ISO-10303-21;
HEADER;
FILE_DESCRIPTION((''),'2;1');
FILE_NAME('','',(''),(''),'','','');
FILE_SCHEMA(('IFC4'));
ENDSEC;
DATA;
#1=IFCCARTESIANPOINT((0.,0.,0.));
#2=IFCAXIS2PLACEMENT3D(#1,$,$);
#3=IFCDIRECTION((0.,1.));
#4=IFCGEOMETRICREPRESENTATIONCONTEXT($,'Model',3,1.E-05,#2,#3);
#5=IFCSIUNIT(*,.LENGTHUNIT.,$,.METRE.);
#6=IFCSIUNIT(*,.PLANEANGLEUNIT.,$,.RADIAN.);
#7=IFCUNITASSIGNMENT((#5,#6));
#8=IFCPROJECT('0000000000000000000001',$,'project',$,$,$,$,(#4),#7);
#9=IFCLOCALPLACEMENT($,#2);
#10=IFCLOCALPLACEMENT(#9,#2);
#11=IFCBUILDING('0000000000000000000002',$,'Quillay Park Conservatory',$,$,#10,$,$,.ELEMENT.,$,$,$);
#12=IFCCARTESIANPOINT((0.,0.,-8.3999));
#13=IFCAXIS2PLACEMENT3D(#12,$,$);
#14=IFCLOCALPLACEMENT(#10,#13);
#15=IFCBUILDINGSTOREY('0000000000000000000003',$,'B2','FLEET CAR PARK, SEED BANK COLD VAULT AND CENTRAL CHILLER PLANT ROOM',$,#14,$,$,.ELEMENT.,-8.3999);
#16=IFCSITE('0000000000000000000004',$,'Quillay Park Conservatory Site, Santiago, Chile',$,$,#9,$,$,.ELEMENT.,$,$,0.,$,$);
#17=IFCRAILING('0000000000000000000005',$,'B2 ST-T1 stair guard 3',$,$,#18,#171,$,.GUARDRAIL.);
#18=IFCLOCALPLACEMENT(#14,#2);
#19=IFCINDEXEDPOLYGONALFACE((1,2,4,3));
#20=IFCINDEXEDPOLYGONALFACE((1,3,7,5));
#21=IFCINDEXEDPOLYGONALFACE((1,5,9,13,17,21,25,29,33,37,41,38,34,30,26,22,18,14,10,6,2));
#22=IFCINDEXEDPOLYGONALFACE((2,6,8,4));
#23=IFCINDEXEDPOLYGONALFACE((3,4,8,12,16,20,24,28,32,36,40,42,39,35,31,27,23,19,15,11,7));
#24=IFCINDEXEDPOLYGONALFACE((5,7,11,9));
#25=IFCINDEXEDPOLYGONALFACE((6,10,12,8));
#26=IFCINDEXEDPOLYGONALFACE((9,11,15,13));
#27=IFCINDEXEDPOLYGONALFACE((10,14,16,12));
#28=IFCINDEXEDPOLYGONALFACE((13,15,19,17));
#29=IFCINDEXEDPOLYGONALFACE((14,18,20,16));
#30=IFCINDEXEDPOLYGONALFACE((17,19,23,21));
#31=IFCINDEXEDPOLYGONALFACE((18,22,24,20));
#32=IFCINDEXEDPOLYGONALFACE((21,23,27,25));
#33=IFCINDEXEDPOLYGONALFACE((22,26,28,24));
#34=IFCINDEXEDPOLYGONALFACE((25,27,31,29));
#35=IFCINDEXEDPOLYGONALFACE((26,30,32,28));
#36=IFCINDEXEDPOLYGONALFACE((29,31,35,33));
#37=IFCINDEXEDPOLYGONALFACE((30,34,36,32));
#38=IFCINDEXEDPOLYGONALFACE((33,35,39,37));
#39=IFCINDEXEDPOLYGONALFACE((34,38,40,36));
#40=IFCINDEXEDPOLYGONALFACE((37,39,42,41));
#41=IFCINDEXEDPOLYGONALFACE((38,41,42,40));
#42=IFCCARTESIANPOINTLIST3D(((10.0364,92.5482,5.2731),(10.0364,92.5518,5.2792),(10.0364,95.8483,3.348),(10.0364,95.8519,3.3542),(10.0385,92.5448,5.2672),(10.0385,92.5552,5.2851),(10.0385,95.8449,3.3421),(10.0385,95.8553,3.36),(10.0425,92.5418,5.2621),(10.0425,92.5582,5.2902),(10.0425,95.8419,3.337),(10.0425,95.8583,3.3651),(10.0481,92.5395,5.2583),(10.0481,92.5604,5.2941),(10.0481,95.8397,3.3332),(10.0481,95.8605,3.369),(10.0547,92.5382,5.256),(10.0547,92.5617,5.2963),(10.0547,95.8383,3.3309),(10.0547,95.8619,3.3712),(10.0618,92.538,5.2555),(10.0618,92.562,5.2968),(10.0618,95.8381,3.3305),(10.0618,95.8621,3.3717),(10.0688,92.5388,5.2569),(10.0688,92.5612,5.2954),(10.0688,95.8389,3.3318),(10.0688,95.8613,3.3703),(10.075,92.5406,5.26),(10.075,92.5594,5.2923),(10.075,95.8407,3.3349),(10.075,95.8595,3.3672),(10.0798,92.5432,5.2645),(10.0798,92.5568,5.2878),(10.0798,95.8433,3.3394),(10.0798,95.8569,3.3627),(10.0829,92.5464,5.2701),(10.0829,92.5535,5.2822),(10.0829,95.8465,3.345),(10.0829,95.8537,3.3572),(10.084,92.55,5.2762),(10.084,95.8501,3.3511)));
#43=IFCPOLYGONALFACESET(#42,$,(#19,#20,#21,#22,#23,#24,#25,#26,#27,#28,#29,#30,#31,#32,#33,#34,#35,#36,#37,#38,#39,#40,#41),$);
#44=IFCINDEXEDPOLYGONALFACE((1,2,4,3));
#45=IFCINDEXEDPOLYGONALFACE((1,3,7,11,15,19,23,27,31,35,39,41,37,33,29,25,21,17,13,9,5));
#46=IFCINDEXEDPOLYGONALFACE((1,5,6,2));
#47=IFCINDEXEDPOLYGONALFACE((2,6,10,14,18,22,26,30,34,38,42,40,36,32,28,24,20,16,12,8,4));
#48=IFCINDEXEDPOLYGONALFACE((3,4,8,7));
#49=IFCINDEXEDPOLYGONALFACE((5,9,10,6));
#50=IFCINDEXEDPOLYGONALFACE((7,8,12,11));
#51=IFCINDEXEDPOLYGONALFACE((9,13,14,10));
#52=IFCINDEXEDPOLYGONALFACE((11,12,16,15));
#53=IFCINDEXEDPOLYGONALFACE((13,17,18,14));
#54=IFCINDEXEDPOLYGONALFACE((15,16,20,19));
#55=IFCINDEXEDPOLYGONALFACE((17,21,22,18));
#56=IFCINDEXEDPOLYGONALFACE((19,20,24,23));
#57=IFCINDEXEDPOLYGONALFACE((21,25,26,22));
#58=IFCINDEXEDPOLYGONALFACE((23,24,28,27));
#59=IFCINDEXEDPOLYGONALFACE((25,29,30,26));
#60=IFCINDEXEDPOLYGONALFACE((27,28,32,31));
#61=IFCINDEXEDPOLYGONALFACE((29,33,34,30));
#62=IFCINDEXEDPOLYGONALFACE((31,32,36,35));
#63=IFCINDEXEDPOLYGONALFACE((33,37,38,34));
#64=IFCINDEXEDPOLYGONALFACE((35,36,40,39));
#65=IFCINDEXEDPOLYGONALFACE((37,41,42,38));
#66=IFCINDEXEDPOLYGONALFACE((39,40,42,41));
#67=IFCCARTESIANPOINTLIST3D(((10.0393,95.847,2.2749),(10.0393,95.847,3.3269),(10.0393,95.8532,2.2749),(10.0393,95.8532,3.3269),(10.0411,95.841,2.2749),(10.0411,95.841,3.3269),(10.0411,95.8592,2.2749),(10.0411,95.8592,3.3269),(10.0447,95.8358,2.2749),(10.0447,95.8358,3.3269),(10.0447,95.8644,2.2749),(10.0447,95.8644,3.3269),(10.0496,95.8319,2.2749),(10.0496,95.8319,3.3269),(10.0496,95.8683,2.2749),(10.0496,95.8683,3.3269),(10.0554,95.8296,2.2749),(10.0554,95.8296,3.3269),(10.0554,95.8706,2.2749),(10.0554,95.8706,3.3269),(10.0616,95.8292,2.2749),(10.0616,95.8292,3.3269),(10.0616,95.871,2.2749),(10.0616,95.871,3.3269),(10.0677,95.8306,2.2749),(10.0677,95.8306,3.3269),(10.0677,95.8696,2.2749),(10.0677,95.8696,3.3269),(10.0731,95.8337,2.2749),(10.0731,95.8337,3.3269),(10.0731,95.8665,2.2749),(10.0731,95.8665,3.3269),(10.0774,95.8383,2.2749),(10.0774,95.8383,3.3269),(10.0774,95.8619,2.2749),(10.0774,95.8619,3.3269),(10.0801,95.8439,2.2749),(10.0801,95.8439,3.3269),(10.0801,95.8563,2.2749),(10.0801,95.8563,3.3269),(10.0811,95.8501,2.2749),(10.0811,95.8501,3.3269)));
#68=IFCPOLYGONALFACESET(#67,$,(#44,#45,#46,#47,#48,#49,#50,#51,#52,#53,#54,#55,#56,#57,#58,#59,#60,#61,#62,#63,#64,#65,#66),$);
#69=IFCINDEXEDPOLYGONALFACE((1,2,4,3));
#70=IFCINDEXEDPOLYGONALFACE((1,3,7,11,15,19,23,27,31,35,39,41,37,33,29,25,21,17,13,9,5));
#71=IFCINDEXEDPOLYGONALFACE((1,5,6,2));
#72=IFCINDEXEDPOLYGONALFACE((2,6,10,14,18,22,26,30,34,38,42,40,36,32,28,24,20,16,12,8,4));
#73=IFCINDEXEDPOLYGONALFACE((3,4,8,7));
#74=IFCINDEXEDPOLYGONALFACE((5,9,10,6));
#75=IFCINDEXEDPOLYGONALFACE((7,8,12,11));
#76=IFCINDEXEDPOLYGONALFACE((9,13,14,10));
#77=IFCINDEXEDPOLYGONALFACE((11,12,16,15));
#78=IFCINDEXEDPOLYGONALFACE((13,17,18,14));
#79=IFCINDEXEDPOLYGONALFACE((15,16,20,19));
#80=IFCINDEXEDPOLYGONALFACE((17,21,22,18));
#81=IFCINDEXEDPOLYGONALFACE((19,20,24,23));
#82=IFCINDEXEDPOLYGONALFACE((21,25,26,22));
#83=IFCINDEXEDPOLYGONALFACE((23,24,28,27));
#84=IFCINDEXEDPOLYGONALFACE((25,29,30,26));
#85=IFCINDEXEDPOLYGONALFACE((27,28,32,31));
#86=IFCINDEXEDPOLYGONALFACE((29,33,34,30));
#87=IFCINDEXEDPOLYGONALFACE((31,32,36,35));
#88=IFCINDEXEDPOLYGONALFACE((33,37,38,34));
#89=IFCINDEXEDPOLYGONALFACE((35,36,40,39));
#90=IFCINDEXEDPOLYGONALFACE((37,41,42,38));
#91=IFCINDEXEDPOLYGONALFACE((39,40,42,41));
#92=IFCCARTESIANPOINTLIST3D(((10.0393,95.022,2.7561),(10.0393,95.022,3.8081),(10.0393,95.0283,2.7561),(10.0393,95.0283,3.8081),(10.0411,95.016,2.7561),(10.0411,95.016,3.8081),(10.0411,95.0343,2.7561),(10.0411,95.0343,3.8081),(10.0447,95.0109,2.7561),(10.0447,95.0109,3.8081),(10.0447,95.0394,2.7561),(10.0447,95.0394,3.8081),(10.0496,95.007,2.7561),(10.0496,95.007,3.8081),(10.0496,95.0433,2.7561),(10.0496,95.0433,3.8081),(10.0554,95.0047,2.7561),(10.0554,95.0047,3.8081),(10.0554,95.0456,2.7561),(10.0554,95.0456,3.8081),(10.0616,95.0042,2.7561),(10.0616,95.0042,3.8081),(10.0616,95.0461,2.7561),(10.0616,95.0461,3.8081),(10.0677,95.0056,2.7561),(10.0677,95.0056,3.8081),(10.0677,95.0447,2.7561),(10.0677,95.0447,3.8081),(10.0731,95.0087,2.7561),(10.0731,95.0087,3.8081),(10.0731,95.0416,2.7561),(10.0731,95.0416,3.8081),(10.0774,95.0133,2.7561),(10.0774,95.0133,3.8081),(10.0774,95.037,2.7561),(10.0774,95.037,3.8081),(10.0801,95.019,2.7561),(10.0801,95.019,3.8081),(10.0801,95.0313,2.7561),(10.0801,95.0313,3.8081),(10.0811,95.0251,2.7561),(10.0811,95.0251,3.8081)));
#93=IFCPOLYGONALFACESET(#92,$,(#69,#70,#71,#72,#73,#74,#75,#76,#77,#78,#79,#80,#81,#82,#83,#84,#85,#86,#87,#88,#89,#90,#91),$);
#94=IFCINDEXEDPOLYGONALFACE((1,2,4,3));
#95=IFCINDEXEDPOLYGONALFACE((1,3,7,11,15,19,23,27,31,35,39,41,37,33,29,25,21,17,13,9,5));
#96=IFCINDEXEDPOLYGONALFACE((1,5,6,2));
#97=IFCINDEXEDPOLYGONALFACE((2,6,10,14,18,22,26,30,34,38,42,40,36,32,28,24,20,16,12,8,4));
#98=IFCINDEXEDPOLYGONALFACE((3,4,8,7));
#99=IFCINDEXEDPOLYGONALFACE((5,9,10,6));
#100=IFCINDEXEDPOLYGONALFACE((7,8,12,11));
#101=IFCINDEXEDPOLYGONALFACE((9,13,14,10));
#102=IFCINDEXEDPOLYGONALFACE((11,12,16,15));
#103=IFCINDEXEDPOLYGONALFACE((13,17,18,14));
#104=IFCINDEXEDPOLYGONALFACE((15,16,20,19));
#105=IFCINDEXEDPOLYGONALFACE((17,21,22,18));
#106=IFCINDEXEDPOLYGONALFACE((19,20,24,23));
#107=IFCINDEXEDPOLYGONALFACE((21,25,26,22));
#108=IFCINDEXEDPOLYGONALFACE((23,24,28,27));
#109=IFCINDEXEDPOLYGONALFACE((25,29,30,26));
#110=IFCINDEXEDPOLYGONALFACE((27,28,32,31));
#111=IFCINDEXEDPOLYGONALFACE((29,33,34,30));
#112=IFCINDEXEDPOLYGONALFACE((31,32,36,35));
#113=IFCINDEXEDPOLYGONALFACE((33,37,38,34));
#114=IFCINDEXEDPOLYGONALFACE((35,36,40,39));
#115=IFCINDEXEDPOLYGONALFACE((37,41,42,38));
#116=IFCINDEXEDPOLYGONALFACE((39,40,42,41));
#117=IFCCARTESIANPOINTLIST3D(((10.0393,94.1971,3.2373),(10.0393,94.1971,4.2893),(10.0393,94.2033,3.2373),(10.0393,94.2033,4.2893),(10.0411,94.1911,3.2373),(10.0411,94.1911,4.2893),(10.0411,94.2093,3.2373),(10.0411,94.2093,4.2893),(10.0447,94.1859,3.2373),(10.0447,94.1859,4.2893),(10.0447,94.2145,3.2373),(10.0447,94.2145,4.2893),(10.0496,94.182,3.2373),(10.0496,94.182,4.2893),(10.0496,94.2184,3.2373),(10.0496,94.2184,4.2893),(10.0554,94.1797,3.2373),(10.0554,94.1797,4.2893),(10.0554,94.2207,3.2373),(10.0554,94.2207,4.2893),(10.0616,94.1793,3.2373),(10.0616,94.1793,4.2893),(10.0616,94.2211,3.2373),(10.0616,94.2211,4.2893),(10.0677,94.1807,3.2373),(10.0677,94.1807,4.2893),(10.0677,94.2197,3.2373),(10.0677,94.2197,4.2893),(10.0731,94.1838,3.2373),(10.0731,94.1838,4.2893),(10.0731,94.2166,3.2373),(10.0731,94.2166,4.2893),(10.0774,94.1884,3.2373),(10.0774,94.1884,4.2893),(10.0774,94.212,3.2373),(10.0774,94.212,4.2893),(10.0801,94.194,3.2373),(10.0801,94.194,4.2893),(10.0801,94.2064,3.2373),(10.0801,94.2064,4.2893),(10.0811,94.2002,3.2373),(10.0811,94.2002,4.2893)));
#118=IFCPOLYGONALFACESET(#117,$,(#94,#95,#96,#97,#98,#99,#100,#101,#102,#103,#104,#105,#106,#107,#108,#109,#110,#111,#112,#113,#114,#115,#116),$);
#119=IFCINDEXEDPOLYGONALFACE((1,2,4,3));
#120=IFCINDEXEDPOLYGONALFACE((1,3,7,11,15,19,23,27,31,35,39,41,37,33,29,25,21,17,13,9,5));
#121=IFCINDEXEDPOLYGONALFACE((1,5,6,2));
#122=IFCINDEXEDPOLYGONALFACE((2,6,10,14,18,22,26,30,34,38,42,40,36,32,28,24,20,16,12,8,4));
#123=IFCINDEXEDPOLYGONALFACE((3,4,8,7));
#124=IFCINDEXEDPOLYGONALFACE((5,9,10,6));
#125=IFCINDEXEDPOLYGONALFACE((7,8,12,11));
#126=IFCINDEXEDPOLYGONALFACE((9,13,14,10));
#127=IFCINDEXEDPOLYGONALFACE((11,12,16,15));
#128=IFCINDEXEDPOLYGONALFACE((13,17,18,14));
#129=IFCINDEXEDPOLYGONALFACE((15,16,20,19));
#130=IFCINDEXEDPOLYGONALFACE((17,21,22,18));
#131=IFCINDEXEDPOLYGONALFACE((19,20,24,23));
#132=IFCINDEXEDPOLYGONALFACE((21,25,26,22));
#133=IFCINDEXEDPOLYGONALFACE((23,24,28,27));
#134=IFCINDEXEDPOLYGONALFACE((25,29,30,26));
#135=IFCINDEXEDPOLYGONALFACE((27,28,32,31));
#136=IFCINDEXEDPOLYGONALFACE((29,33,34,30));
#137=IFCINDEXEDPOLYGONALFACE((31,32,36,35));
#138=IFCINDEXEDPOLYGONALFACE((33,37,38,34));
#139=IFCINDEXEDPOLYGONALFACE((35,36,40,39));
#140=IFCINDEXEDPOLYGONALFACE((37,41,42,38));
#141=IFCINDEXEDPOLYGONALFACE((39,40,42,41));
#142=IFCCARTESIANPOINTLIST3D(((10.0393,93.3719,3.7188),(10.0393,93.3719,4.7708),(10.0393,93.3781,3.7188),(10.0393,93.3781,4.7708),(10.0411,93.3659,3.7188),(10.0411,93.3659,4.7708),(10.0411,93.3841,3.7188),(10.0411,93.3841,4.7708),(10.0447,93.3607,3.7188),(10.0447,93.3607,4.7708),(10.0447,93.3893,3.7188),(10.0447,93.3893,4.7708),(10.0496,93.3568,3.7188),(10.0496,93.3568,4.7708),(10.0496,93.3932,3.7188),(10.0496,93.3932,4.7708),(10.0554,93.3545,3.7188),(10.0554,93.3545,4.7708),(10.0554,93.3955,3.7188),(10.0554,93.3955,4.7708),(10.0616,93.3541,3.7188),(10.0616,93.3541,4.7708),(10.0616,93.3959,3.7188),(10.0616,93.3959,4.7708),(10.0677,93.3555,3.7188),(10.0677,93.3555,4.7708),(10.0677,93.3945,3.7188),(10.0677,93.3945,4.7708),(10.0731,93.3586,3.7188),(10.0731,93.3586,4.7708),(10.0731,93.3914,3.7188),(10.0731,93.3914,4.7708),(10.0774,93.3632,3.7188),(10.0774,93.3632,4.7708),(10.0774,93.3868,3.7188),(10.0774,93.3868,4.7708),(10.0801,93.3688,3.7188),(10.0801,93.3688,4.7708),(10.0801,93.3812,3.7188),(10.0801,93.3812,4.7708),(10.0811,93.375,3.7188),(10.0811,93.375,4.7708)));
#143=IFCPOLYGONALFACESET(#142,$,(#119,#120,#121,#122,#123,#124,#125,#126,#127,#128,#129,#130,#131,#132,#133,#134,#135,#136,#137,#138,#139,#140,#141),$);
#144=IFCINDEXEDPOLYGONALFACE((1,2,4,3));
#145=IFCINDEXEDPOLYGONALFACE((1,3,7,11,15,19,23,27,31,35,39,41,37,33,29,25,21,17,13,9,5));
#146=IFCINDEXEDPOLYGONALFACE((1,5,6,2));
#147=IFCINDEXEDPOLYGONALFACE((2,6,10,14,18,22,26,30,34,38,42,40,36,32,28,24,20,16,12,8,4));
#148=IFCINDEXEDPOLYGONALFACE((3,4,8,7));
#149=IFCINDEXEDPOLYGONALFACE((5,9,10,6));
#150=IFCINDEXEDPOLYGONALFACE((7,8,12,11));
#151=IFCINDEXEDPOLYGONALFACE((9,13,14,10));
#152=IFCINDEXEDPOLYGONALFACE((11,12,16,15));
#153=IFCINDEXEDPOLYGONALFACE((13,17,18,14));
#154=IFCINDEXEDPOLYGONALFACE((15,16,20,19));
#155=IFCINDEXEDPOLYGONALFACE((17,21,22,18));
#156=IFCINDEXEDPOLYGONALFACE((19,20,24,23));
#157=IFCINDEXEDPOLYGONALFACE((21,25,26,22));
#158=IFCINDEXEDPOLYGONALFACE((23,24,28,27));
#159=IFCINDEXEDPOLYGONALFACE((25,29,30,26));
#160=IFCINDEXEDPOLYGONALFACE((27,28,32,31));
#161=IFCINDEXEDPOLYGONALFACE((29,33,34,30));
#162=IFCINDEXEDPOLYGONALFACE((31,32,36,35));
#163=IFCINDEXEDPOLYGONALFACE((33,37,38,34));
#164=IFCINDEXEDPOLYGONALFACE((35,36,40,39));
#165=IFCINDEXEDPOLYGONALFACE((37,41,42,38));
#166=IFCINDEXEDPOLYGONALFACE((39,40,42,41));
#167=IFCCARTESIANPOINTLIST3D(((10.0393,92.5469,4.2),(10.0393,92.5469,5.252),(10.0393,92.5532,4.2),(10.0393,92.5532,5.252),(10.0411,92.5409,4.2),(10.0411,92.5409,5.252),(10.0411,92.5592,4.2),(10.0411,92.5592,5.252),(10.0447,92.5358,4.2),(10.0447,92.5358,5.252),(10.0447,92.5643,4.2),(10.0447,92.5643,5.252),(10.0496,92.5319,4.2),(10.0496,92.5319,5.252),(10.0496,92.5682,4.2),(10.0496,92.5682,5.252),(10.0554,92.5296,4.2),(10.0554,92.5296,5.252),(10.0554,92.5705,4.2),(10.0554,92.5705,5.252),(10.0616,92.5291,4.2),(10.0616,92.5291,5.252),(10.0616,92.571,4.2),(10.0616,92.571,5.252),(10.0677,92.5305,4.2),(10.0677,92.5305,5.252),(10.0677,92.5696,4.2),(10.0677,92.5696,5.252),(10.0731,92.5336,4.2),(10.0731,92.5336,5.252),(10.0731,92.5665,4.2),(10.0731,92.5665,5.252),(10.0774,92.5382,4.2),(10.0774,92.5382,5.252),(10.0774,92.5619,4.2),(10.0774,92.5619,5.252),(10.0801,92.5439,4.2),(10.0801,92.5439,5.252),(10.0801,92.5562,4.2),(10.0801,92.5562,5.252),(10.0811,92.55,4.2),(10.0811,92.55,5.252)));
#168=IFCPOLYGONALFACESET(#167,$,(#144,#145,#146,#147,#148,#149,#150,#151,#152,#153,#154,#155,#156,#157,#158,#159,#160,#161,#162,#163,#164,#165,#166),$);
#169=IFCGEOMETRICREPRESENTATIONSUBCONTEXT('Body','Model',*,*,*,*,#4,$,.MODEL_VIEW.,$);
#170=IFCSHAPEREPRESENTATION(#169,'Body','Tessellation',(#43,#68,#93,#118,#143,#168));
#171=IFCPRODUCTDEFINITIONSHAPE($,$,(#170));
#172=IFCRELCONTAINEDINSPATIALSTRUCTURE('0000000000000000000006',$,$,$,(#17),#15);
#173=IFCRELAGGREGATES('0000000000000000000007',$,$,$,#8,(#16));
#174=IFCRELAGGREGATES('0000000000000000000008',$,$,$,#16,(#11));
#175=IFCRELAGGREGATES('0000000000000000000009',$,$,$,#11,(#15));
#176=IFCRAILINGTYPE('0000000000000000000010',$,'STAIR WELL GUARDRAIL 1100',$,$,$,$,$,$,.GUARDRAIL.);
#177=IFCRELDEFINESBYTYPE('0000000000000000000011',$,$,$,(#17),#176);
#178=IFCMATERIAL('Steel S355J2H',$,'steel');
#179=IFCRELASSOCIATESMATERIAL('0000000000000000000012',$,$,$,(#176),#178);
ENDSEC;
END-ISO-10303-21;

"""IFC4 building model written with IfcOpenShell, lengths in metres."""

from ifc_helpers import new_model, si_unit, direction, frame, origin, origin_2d, place, context, subcontext, project, spatial, circle, extrude, material, type_object, element, save


model = new_model("IFC4")

# Units and contexts
model_context = context("Model", 3, precision=1e-05, world=origin(), true_north=direction((0.0, 1.0)))
body_context = subcontext(model_context, "Body", "Model", "MODEL_VIEW")
ifc_project = project(units=[si_unit("LENGTHUNIT", "METRE"), si_unit("PLANEANGLEUNIT", "RADIAN")], contexts=[model_context])

# Site, building, storey
site_placement = place(None, origin())
site = spatial("IfcSite", under=ifc_project, at=site_placement, Name="Quillay Park Conservatory Site, Santiago, Chile", CompositionType="ELEMENT", RefElevation=0.0)
building_placement = place(site_placement, origin())
building = spatial("IfcBuilding", under=site, at=building_placement, Name="Quillay Park Conservatory", CompositionType="ELEMENT")
storey_placement = place(building_placement, frame((0.0, 0.0, -8.3999)))
storey = spatial("IfcBuildingStorey", under=building, at=storey_placement, Name="B2", Description="FLEET CAR PARK, SEED BANK COLD VAULT AND CENTRAL CHILLER PLANT ROOM", CompositionType="ELEMENT", Elevation=-8.3999)

# Railing
ifc_material_1 = material(Name="Steel S355J2H", Category="steel")
railing_type_1 = type_object("IfcRailingType", Name="STAIR WELL GUARDRAIL 1100", PredefinedType="GUARDRAIL", material=ifc_material_1)
railing_1_placement = place(storey_placement, frame((10.0601, 95.8501, 2.2749)))
element("IfcRailing", 1, at=railing_1_placement, inside=storey, type_object=railing_type_1, Name="B2 ST-T1 stair guard 3", PredefinedType="GUARDRAIL", context=body_context, shape_type="SweptSolid", body=[
    extrude(circle(Radius=0.0239, at=origin_2d()), frame((0.0, 0.0, 1.0762), z_axis=(0.0, -0.863777, 0.503875), x_axis=(1.0, 0.0, 0.0)), (0.0, 0.0, 1.0), 3.8206),
    extrude(circle(Radius=0.021, at=origin_2d()), origin(), (0.0, 0.0, 1.0), 1.052),
    extrude(circle(Radius=0.021, at=origin_2d()), frame((0.0, -0.825, 0.4812)), (0.0, 0.0, 1.0), 1.052),
    extrude(circle(Radius=0.021, at=origin_2d()), frame((0.0, -1.6499, 0.9624)), (0.0, 0.0, 1.0), 1.052),
    extrude(circle(Radius=0.021, at=origin_2d()), frame((0.0, -2.4751, 1.4438)), (0.0, 0.0, 1.0), 1.052),
    extrude(circle(Radius=0.021, at=origin_2d()), frame((0.0, -3.3, 1.925)), (0.0, 0.0, 1.0), 1.052),
])

save(model, "model.ifc")
